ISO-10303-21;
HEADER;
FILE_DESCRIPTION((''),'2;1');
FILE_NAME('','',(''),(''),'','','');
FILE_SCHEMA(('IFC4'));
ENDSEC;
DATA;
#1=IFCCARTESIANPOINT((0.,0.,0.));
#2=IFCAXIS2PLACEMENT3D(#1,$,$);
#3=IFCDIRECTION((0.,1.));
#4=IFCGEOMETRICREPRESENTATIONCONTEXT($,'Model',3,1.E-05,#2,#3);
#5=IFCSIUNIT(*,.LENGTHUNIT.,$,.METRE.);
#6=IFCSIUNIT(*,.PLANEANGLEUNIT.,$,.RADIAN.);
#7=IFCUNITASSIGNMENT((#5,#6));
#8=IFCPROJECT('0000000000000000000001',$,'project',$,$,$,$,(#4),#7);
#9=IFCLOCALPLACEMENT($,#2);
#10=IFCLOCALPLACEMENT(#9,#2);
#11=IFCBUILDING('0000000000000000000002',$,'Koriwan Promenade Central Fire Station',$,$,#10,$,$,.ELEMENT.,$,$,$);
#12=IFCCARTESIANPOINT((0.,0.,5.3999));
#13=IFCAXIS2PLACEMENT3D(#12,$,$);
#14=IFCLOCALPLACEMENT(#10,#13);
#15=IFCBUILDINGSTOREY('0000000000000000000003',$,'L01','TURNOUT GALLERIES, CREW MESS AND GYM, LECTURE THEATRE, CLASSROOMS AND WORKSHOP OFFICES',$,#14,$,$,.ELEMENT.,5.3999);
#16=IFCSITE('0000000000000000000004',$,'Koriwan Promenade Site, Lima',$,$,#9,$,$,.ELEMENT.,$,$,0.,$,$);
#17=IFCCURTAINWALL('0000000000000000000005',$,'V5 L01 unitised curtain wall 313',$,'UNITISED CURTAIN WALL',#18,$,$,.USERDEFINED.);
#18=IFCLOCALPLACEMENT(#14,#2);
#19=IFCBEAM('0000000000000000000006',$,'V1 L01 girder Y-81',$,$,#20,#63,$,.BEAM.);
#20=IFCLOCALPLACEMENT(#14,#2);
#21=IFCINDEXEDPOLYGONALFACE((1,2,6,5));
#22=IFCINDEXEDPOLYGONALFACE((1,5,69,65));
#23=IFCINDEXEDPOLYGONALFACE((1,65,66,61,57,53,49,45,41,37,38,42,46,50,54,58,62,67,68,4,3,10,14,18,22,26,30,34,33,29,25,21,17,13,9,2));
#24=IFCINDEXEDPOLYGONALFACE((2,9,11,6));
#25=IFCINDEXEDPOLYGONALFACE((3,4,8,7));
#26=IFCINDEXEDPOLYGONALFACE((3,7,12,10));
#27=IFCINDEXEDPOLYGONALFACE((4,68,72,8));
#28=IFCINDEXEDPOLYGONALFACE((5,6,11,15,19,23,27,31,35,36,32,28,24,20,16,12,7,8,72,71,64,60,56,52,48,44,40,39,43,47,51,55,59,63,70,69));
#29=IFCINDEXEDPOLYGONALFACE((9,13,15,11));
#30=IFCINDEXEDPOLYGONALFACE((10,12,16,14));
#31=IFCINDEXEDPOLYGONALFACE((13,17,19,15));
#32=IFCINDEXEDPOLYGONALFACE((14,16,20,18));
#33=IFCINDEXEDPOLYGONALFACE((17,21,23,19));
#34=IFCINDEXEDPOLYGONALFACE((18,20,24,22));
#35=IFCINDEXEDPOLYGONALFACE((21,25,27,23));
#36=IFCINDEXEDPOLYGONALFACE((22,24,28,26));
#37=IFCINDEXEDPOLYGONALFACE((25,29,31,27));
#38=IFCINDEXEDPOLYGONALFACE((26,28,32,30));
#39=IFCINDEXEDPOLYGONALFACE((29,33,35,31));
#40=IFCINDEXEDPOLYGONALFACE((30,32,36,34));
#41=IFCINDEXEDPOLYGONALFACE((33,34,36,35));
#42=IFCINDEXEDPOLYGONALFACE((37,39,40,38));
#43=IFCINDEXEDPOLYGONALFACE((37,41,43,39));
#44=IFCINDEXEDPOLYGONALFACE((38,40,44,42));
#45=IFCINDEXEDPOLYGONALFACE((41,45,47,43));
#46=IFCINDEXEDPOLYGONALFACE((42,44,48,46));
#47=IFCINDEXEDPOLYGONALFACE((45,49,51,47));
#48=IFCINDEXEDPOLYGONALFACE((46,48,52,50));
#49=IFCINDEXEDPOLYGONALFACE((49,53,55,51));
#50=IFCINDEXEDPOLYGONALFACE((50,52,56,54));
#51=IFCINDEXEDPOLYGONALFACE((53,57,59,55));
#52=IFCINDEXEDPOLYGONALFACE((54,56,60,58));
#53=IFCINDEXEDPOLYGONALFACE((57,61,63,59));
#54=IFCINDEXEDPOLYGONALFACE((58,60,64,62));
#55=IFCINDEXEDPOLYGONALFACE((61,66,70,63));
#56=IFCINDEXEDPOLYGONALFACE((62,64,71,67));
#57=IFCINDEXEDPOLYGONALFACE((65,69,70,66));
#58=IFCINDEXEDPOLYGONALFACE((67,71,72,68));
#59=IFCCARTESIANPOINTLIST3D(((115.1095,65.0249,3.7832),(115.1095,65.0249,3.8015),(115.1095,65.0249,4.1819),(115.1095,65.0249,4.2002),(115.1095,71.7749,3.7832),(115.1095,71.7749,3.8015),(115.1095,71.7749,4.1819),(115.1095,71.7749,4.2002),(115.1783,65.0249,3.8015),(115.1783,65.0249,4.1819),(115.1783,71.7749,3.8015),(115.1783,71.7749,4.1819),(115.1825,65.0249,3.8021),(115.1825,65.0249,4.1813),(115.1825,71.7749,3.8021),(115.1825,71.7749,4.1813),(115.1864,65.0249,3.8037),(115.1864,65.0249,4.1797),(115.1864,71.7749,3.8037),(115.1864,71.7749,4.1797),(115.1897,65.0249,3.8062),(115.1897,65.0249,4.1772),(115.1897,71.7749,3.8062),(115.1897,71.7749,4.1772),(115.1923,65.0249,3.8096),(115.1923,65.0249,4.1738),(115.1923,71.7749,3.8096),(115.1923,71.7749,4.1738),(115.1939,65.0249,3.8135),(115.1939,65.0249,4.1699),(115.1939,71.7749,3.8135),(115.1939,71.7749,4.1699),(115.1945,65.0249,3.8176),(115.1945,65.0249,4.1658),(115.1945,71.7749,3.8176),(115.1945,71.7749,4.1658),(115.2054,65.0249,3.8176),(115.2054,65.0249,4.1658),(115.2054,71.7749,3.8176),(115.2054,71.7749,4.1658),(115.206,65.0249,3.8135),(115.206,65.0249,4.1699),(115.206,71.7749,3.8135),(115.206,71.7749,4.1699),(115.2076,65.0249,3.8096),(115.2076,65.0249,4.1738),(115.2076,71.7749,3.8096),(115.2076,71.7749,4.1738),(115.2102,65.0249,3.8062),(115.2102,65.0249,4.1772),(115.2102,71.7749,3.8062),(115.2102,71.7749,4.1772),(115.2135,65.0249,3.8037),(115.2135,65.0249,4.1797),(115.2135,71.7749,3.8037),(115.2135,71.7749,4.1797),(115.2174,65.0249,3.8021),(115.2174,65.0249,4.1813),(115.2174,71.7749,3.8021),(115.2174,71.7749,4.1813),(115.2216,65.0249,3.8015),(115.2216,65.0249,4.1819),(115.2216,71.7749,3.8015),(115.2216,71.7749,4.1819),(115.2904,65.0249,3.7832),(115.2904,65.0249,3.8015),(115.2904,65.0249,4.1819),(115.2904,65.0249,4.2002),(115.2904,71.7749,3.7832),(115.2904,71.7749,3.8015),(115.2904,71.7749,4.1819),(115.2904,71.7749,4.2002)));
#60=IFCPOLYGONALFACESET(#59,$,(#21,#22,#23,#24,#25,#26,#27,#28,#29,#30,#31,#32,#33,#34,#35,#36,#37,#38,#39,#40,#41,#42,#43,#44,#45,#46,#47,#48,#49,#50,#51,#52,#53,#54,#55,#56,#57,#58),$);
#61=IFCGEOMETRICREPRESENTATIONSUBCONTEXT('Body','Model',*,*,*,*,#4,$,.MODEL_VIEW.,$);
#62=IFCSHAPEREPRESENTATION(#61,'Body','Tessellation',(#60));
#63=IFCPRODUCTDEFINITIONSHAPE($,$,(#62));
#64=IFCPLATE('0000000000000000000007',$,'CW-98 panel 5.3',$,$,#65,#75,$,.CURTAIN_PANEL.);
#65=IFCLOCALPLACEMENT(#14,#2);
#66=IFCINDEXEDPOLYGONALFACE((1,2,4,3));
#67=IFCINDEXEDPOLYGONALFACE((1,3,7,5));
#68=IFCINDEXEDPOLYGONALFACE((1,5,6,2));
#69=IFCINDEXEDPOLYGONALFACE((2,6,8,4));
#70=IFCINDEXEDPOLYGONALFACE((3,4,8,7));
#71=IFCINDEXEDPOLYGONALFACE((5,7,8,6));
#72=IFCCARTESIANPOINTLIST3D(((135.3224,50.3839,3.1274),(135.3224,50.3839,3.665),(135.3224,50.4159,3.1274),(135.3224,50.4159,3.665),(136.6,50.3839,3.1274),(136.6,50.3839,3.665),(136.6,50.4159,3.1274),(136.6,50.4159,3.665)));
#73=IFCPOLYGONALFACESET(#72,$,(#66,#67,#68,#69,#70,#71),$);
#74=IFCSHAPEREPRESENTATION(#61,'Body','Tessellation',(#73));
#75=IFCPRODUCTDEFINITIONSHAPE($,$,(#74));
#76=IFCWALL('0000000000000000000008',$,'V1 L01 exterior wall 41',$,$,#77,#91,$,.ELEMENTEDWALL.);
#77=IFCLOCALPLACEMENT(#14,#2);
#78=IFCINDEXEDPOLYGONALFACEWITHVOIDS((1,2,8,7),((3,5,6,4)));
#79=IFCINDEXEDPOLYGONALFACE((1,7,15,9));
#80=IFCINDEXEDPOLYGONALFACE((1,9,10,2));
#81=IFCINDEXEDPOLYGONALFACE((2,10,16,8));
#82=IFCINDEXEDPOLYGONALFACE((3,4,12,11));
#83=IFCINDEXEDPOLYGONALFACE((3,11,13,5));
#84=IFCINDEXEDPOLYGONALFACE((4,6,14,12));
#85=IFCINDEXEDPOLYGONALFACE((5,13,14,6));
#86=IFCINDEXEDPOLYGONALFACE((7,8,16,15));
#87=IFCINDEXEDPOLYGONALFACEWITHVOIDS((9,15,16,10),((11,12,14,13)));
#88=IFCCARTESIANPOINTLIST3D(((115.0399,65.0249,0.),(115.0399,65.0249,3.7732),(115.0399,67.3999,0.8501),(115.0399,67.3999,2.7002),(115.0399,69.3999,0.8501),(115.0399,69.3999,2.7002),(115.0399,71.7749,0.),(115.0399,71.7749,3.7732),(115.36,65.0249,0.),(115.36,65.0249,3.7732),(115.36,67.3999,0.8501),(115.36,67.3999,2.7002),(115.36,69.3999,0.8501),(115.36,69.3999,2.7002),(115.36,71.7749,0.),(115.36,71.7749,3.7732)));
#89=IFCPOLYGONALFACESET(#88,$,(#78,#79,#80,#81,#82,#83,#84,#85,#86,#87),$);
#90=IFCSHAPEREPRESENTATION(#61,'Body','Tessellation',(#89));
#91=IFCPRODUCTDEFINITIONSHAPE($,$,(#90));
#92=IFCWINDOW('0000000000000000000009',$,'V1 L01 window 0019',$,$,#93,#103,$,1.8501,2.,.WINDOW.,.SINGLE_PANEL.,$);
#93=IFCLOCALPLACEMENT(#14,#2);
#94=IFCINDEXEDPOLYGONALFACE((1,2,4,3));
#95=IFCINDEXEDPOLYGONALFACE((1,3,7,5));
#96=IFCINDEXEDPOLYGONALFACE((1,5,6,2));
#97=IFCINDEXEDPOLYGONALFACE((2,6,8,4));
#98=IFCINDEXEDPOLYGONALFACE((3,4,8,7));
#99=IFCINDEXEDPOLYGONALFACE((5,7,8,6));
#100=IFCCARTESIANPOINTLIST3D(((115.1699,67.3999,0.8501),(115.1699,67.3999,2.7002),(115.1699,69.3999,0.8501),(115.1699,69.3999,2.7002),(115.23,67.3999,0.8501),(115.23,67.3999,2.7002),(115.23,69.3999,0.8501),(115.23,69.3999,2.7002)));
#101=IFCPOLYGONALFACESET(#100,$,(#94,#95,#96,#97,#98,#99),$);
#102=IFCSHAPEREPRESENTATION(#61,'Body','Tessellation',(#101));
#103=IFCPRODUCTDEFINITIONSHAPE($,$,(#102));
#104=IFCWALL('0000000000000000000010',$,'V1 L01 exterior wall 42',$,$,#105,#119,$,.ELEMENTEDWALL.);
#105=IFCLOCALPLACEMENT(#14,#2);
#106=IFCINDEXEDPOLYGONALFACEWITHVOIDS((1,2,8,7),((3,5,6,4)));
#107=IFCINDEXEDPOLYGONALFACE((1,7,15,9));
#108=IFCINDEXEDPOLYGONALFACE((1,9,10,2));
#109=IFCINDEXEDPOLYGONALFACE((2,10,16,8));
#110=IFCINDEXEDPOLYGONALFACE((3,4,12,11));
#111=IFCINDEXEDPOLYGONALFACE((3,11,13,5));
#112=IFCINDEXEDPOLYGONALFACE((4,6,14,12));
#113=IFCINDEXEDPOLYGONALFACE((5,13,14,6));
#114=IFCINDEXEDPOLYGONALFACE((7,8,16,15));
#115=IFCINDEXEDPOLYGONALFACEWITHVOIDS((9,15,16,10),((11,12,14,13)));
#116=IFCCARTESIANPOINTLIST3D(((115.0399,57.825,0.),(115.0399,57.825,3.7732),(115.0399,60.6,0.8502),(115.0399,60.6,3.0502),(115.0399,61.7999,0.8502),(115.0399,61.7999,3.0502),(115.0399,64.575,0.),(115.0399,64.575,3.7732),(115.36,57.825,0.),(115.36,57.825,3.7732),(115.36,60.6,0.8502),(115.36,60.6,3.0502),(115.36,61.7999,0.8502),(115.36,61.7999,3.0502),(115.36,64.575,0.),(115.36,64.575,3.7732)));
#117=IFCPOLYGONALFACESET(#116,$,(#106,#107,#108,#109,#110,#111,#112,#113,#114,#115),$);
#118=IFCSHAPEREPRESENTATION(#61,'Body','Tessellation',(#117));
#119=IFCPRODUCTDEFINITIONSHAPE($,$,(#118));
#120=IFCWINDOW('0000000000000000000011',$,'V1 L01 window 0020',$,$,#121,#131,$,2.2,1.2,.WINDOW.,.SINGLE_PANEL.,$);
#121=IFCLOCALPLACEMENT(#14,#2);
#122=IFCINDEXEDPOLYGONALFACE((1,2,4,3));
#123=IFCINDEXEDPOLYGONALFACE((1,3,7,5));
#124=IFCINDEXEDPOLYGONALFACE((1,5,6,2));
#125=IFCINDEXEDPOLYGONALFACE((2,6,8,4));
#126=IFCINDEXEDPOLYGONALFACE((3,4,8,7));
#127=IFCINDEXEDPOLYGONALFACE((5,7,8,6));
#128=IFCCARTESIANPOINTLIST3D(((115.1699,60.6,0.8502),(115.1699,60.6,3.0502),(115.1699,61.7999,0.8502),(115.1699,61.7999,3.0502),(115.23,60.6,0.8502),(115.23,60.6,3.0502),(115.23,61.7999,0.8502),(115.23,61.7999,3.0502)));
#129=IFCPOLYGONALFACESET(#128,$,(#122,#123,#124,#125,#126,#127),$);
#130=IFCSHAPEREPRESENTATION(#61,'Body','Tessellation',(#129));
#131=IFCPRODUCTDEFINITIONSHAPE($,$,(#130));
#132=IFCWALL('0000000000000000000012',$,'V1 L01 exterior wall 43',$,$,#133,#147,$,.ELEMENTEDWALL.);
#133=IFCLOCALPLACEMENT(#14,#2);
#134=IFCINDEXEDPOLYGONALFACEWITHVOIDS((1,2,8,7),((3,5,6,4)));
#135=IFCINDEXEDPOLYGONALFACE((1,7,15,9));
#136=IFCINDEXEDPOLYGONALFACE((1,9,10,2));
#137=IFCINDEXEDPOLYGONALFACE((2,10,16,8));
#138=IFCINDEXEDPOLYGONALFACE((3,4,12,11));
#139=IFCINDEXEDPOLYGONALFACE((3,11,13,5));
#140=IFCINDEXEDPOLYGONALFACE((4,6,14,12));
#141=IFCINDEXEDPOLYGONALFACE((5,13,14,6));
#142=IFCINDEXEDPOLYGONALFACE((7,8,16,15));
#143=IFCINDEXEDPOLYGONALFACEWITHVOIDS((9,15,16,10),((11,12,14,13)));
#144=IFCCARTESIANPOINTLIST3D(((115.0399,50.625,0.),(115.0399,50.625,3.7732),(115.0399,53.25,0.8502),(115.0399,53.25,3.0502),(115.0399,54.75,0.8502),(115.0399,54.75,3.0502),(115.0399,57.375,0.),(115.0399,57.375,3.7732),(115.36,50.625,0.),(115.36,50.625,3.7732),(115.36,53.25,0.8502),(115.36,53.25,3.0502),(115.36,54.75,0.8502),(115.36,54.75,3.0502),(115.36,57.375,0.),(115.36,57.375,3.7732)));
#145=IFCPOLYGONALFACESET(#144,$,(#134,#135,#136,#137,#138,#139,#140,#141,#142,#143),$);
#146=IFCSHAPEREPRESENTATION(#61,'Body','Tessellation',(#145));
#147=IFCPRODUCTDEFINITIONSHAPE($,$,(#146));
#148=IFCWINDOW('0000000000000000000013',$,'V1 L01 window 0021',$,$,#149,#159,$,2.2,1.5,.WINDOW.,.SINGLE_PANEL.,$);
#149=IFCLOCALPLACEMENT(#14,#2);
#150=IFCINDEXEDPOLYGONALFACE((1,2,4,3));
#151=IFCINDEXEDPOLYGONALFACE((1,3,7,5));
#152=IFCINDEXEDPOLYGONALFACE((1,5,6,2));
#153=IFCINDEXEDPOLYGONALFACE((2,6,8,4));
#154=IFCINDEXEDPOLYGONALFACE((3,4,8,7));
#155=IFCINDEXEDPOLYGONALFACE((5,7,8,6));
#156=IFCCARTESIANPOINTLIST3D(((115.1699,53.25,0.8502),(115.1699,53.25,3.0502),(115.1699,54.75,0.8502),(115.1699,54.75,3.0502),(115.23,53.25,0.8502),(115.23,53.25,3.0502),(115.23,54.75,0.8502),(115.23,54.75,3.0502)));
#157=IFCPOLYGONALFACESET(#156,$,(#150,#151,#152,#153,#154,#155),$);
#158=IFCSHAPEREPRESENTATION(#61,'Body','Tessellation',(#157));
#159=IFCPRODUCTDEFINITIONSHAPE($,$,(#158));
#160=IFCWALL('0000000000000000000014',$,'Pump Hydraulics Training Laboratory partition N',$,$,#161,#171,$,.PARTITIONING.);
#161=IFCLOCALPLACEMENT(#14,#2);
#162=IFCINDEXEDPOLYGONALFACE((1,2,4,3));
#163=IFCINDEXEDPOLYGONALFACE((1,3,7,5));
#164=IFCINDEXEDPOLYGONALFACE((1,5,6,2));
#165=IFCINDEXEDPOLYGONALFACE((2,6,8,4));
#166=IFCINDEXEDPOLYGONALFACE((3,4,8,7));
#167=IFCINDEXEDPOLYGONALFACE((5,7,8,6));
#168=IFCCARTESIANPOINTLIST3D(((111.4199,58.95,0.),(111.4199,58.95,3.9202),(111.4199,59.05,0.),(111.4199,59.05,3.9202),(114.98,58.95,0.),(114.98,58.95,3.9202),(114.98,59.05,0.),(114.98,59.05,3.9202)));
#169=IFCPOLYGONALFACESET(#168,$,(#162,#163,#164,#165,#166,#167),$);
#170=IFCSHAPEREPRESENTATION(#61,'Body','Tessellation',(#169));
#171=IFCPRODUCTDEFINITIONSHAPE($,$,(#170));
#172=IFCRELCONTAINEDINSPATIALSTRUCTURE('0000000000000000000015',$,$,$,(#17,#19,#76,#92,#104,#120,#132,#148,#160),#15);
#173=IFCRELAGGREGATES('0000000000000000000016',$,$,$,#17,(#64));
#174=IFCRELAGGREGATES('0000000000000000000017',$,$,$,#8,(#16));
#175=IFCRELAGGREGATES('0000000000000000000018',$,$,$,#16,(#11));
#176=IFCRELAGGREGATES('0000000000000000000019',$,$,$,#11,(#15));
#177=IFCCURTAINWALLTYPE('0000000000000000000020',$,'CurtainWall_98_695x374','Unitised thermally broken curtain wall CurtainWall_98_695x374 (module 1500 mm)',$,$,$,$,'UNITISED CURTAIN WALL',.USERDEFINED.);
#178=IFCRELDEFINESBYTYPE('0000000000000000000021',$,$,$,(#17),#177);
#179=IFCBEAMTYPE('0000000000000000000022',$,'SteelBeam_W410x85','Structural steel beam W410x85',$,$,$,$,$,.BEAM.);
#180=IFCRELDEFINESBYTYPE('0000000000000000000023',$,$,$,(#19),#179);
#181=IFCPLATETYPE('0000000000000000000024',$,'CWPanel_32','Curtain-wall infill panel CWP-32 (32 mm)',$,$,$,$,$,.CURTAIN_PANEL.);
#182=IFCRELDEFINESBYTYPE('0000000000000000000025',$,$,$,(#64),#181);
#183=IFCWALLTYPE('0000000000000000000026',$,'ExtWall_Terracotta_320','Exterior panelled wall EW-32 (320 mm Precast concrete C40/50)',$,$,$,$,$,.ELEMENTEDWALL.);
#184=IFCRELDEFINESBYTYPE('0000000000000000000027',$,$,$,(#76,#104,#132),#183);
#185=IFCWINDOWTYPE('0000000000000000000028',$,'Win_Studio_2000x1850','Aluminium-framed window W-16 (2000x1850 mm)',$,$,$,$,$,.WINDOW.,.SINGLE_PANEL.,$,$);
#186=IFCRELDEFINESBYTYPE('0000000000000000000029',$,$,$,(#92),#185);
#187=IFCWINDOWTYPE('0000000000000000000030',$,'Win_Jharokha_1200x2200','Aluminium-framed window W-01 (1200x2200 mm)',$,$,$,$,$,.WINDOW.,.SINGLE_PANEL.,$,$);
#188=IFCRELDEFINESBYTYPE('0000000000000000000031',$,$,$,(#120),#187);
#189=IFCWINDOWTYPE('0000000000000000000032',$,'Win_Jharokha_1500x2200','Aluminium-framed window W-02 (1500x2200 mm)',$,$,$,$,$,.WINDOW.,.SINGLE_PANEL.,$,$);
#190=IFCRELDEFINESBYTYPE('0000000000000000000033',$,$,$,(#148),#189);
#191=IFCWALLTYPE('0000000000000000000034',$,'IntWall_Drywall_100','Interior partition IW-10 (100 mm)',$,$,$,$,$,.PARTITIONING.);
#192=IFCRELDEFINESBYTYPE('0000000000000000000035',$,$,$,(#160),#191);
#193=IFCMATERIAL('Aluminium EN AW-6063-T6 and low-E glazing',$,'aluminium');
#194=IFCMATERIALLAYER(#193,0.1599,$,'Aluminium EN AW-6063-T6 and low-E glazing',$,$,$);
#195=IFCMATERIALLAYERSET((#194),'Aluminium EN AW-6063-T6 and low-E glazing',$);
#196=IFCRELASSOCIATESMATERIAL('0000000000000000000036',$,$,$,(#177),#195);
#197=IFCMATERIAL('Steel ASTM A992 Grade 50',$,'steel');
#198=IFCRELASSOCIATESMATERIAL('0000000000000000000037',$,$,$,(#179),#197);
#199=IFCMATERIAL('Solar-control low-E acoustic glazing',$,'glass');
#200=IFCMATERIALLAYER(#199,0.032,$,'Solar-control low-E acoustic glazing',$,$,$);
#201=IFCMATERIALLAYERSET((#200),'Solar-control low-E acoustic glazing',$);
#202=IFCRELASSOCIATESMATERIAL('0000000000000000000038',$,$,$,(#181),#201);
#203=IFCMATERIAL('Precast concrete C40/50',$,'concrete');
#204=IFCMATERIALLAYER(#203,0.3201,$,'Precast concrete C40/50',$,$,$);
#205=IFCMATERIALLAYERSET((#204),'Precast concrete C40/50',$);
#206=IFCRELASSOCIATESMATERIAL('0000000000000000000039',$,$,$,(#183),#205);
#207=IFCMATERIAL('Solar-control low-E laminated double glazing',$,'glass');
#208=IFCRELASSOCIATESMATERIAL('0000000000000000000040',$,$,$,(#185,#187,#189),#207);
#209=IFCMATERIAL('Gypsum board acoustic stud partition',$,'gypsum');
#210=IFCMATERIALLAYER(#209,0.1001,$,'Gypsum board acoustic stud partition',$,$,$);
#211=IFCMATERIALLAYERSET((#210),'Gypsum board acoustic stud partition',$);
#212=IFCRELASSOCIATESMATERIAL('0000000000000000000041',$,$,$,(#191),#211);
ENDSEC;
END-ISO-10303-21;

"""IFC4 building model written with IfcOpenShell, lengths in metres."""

from ifc_helpers import new_model, si_unit, direction, frame, frame_2d, origin, origin_2d, place, context, subcontext, project, spatial, rectangle, i_section, extrude, material, layer, layer_set, material_profile, profile_set, type_object, element, fill, aggregate, save


model = new_model("IFC4")

# Units and contexts
model_context = context("Model", 3, precision=1e-05, world=origin(), true_north=direction((0.0, 1.0)))
body_context = subcontext(model_context, "Body", "Model", "MODEL_VIEW")
ifc_project = project(units=[si_unit("LENGTHUNIT", "METRE"), si_unit("PLANEANGLEUNIT", "RADIAN")], contexts=[model_context])

# Site, building, storey
site_placement = place(None, origin())
site = spatial("IfcSite", under=ifc_project, at=site_placement, Name="Koriwan Promenade Site, Lima", CompositionType="ELEMENT", RefElevation=0.0)
building_placement = place(site_placement, origin())
building = spatial("IfcBuilding", under=site, at=building_placement, Name="Koriwan Promenade Central Fire Station", CompositionType="ELEMENT")
storey_placement = place(building_placement, frame((0.0, 0.0, 5.3999)))
storey = spatial("IfcBuildingStorey", under=building, at=storey_placement, Name="L01", Description="TURNOUT GALLERIES, CREW MESS AND GYM, LECTURE THEATRE, CLASSROOMS AND WORKSHOP OFFICES", CompositionType="ELEMENT", Elevation=5.3999)

# Curtain wall
ifc_material_1 = material(Name="Aluminium EN AW-6063-T6 and low-E glazing", Category="aluminium")
ifc_layer_1 = layer(ifc_material_1, 0.1599, Name="Aluminium EN AW-6063-T6 and low-E glazing")
ifc_layer_set_1 = layer_set([ifc_layer_1], Name="Aluminium EN AW-6063-T6 and low-E glazing")
curtain_wall_type = type_object("IfcCurtainWallType", Name="CurtainWall_98_695x374", Description="Unitised thermally broken curtain wall CurtainWall_98_695x374 (module 1500 mm)", ElementType="UNITISED CURTAIN WALL", PredefinedType="USERDEFINED", material=ifc_layer_set_1)
curtain_wall_placement = place(storey_placement, origin())
curtain_wall = element("IfcCurtainWall", 1, at=curtain_wall_placement, inside=storey, type_object=curtain_wall_type, Name="V5 L01 unitised curtain wall 313", ObjectType="UNITISED CURTAIN WALL", PredefinedType="USERDEFINED")

# Shared definitions
ifc_material_2 = material(Name="Steel ASTM A992 Grade 50", Category="steel")

# Beam
ifc_material_profile_1 = material_profile(ifc_material_2, i_section(OverallWidth=0.1809, OverallDepth=0.417, WebThickness=0.011, FlangeThickness=0.0183, FilletRadius=0.0161, at=origin_2d()), Name="W410x85")
ifc_profile_set_1 = profile_set([ifc_material_profile_1], Name="Steel ASTM A992 Grade 50")
beam_type = type_object("IfcBeamType", Name="SteelBeam_W410x85", Description="Structural steel beam W410x85", PredefinedType="BEAM", material=ifc_profile_set_1)
for number, where, z_axis, x_axis, name in (
    (2, (115.2, 65.0249, 3.9917), (0.0, 1.0, 0.0), (-1.0, 0.0, 0.0), "V1 L01 girder Y-81"),
):
    element("IfcBeam", number, at=place(storey_placement, frame(where, z_axis=z_axis, x_axis=x_axis)), inside=storey, type_object=beam_type, Name=name, PredefinedType="BEAM", context=body_context, shape_type="SweptSolid", body=[
        extrude(i_section(OverallWidth=0.1809, OverallDepth=0.417, WebThickness=0.011, FlangeThickness=0.0183, FilletRadius=0.0161, at=origin_2d()), origin(), (0.0, 0.0, 1.0), 6.75),
    ])

# Plate
ifc_material_3 = material(Name="Solar-control low-E acoustic glazing", Category="glass")
ifc_layer_2 = layer(ifc_material_3, 0.032, Name="Solar-control low-E acoustic glazing")
ifc_layer_set_2 = layer_set([ifc_layer_2], Name="Solar-control low-E acoustic glazing")
plate_type = type_object("IfcPlateType", Name="CWPanel_32", Description="Curtain-wall infill panel CWP-32 (32 mm)", PredefinedType="CURTAIN_PANEL", material=ifc_layer_set_2)
plate_placement = place(storey_placement, frame((135.9612, 50.3999, 3.1274), z_axis=(0.0, 0.0, 1.0), x_axis=(1.0, 0.0, 0.0)))
plate = element("IfcPlate", 3, at=plate_placement, type_object=plate_type, Name="CW-98 panel 5.3", PredefinedType="CURTAIN_PANEL", context=body_context, shape_type="SweptSolid", body=[
    extrude(rectangle(XDim=1.2776, YDim=0.032, at=origin_2d()), origin(), (0.0, 0.0, 1.0), 0.5376),
])
aggregate(curtain_wall, [plate])

# Walls, openings, windows
ifc_material_4 = material(Name="Precast concrete C40/50", Category="concrete")
ifc_layer_3 = layer(ifc_material_4, 0.3201, Name="Precast concrete C40/50")
ifc_layer_set_3 = layer_set([ifc_layer_3], Name="Precast concrete C40/50")
wall_type_1 = type_object("IfcWallType", Name="ExtWall_Terracotta_320", Description="Exterior panelled wall EW-32 (320 mm Precast concrete C40/50)", PredefinedType="ELEMENTEDWALL", material=ifc_layer_set_3)
wall_1_placement = place(storey_placement, frame((115.2, 71.7749, 0.0), z_axis=(0.0, 0.0, 1.0), x_axis=(0.0, -1.0, 0.0)))
wall_1 = element("IfcWall", 4, at=wall_1_placement, inside=storey, type_object=wall_type_1, Name="V1 L01 exterior wall 41", PredefinedType="ELEMENTEDWALL", context=body_context, shape_type="SweptSolid", body=[
    extrude(rectangle(XDim=6.75, YDim=0.3201, at=frame_2d((3.375, 0.0))), origin(), (0.0, 0.0, 1.0), 3.7732),
])
opening_1_placement = place(wall_1_placement, frame((2.375, 0.0, 0.8501)))
opening_1 = element("IfcOpeningElement", 5, at=opening_1_placement, cuts=wall_1, PredefinedType="OPENING", context=body_context, shape_type="SweptSolid", body=[
    extrude(rectangle(XDim=2.0, YDim=1.8501, at=frame_2d((1.0, 0.925))), frame((0.0, 0.1719, 0.0), z_axis=(0.0, -1.0, 0.0), x_axis=(1.0, 0.0, 0.0)), (0.0, 0.0, 1.0), 0.344),
])
ifc_material_5 = material(Name="Solar-control low-E laminated double glazing", Category="glass")
window_type_1 = type_object("IfcWindowType", Name="Win_Studio_2000x1850", Description="Aluminium-framed window W-16 (2000x1850 mm)", PartitioningType="SINGLE_PANEL", PredefinedType="WINDOW", material=ifc_material_5)
window_1_placement = place(opening_1_placement, origin())
window_1 = element("IfcWindow", 6, at=window_1_placement, inside=storey, type_object=window_type_1, Name="V1 L01 window 0019", OverallHeight=1.8501, OverallWidth=2.0, PartitioningType="SINGLE_PANEL", PredefinedType="WINDOW", context=body_context, shape_type="SweptSolid", body=[
    extrude(rectangle(XDim=2.0, YDim=1.8501, at=frame_2d((1.0, 0.925))), frame((0.0, 0.03, 0.0), z_axis=(0.0, -1.0, 0.0), x_axis=(1.0, 0.0, 0.0)), (0.0, 0.0, 1.0), 0.0601),
])
fill(opening_1, window_1)
wall_2_placement = place(storey_placement, frame((115.2, 64.575, 0.0), z_axis=(0.0, 0.0, 1.0), x_axis=(0.0, -1.0, 0.0)))
wall_2 = element("IfcWall", 7, at=wall_2_placement, inside=storey, type_object=wall_type_1, Name="V1 L01 exterior wall 42", PredefinedType="ELEMENTEDWALL", context=body_context, shape_type="SweptSolid", body=[
    extrude(rectangle(XDim=6.75, YDim=0.3201, at=frame_2d((3.375, 0.0))), origin(), (0.0, 0.0, 1.0), 3.7732),
])
opening_2_placement = place(wall_2_placement, frame((2.7749, 0.0, 0.8501)))
opening_2 = element("IfcOpeningElement", 8, at=opening_2_placement, cuts=wall_2, PredefinedType="OPENING", context=body_context, shape_type="SweptSolid", body=[
    extrude(rectangle(XDim=1.2, YDim=2.2, at=frame_2d((0.6001, 1.1001))), frame((0.0, 0.1719, 0.0), z_axis=(0.0, -1.0, 0.0), x_axis=(1.0, 0.0, 0.0)), (0.0, 0.0, 1.0), 0.344),
])
window_type_2 = type_object("IfcWindowType", Name="Win_Jharokha_1200x2200", Description="Aluminium-framed window W-01 (1200x2200 mm)", PartitioningType="SINGLE_PANEL", PredefinedType="WINDOW", material=ifc_material_5)
window_2_placement = place(opening_2_placement, origin())
window_2 = element("IfcWindow", 9, at=window_2_placement, inside=storey, type_object=window_type_2, Name="V1 L01 window 0020", OverallHeight=2.2, OverallWidth=1.2, PartitioningType="SINGLE_PANEL", PredefinedType="WINDOW", context=body_context, shape_type="SweptSolid", body=[
    extrude(rectangle(XDim=1.2, YDim=2.2, at=frame_2d((0.6001, 1.1001))), frame((0.0, 0.03, 0.0), z_axis=(0.0, -1.0, 0.0), x_axis=(1.0, 0.0, 0.0)), (0.0, 0.0, 1.0), 0.0601),
])
fill(opening_2, window_2)
wall_3_placement = place(storey_placement, frame((115.2, 57.375, 0.0), z_axis=(0.0, 0.0, 1.0), x_axis=(0.0, -1.0, 0.0)))
wall_3 = element("IfcWall", 10, at=wall_3_placement, inside=storey, type_object=wall_type_1, Name="V1 L01 exterior wall 43", PredefinedType="ELEMENTEDWALL", context=body_context, shape_type="SweptSolid", body=[
    extrude(rectangle(XDim=6.75, YDim=0.3201, at=frame_2d((3.375, 0.0))), origin(), (0.0, 0.0, 1.0), 3.7732),
])
opening_3_placement = place(wall_3_placement, frame((2.625, 0.0, 0.8501)))
opening_3 = element("IfcOpeningElement", 11, at=opening_3_placement, cuts=wall_3, PredefinedType="OPENING", context=body_context, shape_type="SweptSolid", body=[
    extrude(rectangle(XDim=1.5, YDim=2.2, at=frame_2d((0.75, 1.1001))), frame((0.0, 0.1719, 0.0), z_axis=(0.0, -1.0, 0.0), x_axis=(1.0, 0.0, 0.0)), (0.0, 0.0, 1.0), 0.344),
])
window_type_3 = type_object("IfcWindowType", Name="Win_Jharokha_1500x2200", Description="Aluminium-framed window W-02 (1500x2200 mm)", PartitioningType="SINGLE_PANEL", PredefinedType="WINDOW", material=ifc_material_5)
window_3_placement = place(opening_3_placement, origin())
window_3 = element("IfcWindow", 12, at=window_3_placement, inside=storey, type_object=window_type_3, Name="V1 L01 window 0021", OverallHeight=2.2, OverallWidth=1.5, PartitioningType="SINGLE_PANEL", PredefinedType="WINDOW", context=body_context, shape_type="SweptSolid", body=[
    extrude(rectangle(XDim=1.5, YDim=2.2, at=frame_2d((0.75, 1.1001))), frame((0.0, 0.03, 0.0), z_axis=(0.0, -1.0, 0.0), x_axis=(1.0, 0.0, 0.0)), (0.0, 0.0, 1.0), 0.0601),
])
fill(opening_3, window_3)

# Wall
ifc_material_6 = material(Name="Gypsum board acoustic stud partition", Category="gypsum")
ifc_layer_4 = layer(ifc_material_6, 0.1001, Name="Gypsum board acoustic stud partition")
ifc_layer_set_4 = layer_set([ifc_layer_4], Name="Gypsum board acoustic stud partition")
wall_type_2 = type_object("IfcWallType", Name="IntWall_Drywall_100", Description="Interior partition IW-10 (100 mm)", PredefinedType="PARTITIONING", material=ifc_layer_set_4)
wall_4_placement = place(storey_placement, frame((111.4199, 59.0, 0.0), z_axis=(0.0, 0.0, 1.0), x_axis=(1.0, 0.0, 0.0)))
element("IfcWall", 13, at=wall_4_placement, inside=storey, type_object=wall_type_2, Name="Pump Hydraulics Training Laboratory partition N", PredefinedType="PARTITIONING", context=body_context, shape_type="SweptSolid", body=[
    extrude(rectangle(XDim=3.5601, YDim=0.1001, at=frame_2d((1.78, 0.0))), origin(), (0.0, 0.0, 1.0), 3.9202),
])

save(model, "model.ifc")
